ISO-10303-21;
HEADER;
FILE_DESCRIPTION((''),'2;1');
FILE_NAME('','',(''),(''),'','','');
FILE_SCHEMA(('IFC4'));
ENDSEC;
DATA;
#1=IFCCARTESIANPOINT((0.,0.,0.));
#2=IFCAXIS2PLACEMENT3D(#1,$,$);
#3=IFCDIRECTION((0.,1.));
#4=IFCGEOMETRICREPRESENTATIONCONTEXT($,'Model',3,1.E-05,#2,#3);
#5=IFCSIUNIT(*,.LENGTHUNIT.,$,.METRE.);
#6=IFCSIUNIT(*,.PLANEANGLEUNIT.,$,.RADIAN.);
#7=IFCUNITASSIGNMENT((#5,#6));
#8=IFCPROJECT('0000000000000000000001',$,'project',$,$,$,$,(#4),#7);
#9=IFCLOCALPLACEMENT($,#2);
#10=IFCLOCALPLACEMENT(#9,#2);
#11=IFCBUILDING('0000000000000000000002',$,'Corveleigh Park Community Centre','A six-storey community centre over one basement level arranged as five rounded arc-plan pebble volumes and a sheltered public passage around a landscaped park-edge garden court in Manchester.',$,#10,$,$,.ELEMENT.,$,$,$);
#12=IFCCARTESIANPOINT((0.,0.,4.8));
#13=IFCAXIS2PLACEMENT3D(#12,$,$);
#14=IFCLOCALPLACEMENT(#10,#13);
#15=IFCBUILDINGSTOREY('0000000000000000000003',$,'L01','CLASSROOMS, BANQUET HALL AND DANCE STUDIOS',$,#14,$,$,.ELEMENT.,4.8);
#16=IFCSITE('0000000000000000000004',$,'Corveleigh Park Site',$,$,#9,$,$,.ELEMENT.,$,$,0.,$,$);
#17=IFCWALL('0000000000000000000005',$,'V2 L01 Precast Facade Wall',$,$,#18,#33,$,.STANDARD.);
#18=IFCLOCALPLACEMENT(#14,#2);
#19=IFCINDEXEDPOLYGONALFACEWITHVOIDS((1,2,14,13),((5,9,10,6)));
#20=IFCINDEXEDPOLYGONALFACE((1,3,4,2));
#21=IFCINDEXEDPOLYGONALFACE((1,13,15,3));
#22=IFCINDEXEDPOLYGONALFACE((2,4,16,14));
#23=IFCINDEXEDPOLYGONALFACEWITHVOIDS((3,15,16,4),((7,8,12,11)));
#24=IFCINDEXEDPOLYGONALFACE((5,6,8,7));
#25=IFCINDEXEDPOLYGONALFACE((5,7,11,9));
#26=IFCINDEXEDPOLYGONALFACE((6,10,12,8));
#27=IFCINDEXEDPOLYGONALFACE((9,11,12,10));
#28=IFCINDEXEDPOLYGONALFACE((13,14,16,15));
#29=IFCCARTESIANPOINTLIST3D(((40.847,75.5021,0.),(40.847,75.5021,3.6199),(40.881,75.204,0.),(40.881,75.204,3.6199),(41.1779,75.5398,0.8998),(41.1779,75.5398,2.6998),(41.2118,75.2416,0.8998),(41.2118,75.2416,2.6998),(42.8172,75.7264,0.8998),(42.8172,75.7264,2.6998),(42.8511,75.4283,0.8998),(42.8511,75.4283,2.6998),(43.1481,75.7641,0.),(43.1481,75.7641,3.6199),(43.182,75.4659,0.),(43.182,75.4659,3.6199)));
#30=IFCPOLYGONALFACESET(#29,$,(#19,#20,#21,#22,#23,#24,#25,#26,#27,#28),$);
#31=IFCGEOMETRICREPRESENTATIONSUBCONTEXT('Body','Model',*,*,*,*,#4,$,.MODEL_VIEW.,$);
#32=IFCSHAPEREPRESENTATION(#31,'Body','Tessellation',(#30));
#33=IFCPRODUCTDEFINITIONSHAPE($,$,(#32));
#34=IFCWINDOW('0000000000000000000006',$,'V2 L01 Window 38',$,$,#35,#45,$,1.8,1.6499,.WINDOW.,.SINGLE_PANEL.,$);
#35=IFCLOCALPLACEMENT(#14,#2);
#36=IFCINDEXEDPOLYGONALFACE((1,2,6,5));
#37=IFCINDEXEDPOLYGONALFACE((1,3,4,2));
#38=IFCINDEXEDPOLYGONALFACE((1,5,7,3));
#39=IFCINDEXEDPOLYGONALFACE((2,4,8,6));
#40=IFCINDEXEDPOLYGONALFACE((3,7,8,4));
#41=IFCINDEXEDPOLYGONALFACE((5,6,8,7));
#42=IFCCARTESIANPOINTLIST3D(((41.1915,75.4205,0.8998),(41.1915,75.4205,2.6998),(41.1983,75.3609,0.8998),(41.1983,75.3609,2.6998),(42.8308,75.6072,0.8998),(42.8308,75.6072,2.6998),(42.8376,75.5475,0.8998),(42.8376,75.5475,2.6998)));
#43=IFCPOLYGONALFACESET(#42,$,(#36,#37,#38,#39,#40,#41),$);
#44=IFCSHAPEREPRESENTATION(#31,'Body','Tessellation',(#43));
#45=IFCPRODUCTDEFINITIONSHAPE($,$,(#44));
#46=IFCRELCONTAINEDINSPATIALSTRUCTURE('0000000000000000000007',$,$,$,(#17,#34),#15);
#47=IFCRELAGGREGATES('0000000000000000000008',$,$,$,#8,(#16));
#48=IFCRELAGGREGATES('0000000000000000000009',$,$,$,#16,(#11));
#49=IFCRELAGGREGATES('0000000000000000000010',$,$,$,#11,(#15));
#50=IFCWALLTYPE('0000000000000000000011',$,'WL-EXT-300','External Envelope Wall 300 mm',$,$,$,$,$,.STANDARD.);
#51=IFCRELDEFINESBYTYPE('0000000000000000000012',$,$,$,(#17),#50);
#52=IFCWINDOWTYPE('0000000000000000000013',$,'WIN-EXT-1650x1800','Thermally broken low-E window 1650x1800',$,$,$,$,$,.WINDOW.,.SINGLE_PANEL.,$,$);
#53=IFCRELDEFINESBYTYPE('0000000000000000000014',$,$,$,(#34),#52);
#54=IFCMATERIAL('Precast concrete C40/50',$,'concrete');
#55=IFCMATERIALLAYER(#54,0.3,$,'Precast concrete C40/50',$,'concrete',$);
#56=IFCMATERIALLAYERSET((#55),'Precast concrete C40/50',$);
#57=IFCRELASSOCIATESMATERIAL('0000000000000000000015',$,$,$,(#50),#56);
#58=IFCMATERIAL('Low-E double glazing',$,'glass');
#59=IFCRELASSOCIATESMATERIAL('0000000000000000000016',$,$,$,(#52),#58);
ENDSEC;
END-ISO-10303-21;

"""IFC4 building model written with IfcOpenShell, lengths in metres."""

from ifc_helpers import new_model, si_unit, direction, frame, frame_2d, origin, place, context, subcontext, project, spatial, rectangle, extrude, material, layer, layer_set, type_object, element, fill, save


model = new_model("IFC4")

# Units and contexts
model_context = context("Model", 3, precision=1e-05, world=origin(), true_north=direction((0.0, 1.0)))
body_context = subcontext(model_context, "Body", "Model", "MODEL_VIEW")
ifc_project = project(units=[si_unit("LENGTHUNIT", "METRE"), si_unit("PLANEANGLEUNIT", "RADIAN")], contexts=[model_context])

# Site, building, storey
site_placement = place(None, origin())
site = spatial("IfcSite", under=ifc_project, at=site_placement, Name="Corveleigh Park Site", CompositionType="ELEMENT", RefElevation=0.0)
building_placement = place(site_placement, origin())
building = spatial("IfcBuilding", under=site, at=building_placement, Name="Corveleigh Park Community Centre", Description="A six-storey community centre over one basement level arranged as five rounded arc-plan pebble volumes and a sheltered public passage around a landscaped park-edge garden court in Manchester.", CompositionType="ELEMENT")
storey_placement = place(building_placement, frame((0.0, 0.0, 4.8)))
storey = spatial("IfcBuildingStorey", under=building, at=storey_placement, Name="L01", Description="CLASSROOMS, BANQUET HALL AND DANCE STUDIOS", CompositionType="ELEMENT", Elevation=4.8)

# Shared definitions
ifc_material_1 = material(Name="Low-E double glazing", Category="glass")

# Wall, opening, window
ifc_material_2 = material(Name="Precast concrete C40/50", Category="concrete")
ifc_layer_1 = layer(ifc_material_2, 0.3, Name="Precast concrete C40/50", Category="concrete")
ifc_layer_set_1 = layer_set([ifc_layer_1], Name="Precast concrete C40/50")
wall_type = type_object("IfcWallType", Name="WL-EXT-300", Description="External Envelope Wall 300 mm", PredefinedType="STANDARD", material=ifc_layer_set_1)
wall_placement = place(storey_placement, frame((43.165, 75.615, 0.0), z_axis=(0.0, 0.0, 1.0), x_axis=(-0.993582, -0.113115, 0.0)))
wall = element("IfcWall", 1, at=wall_placement, inside=storey, type_object=wall_type, Name="V2 L01 Precast Facade Wall", PredefinedType="STANDARD", context=body_context, shape_type="SweptSolid", body=[
    extrude(rectangle(XDim=2.3159, YDim=0.3, at=frame_2d((1.158, 0.0))), origin(), (0.0, 0.0, 1.0), 3.6199),
])
opening_placement = place(wall_placement, frame((0.333, 0.0, 0.8999)))
opening = element("IfcOpeningElement", 2, at=opening_placement, cuts=wall, PredefinedType="OPENING", context=body_context, shape_type="SweptSolid", body=[
    extrude(rectangle(XDim=1.6499, YDim=1.8, at=frame_2d((0.825, 0.8999))), frame((0.0, 0.1599, 0.0), z_axis=(0.0, -1.0, 0.0), x_axis=(1.0, 0.0, 0.0)), (0.0, 0.0, 1.0), 0.3201),
])
window_type = type_object("IfcWindowType", Name="WIN-EXT-1650x1800", Description="Thermally broken low-E window 1650x1800", PartitioningType="SINGLE_PANEL", PredefinedType="WINDOW", material=ifc_material_1)
window_placement = place(opening_placement, origin())
window = element("IfcWindow", 3, at=window_placement, inside=storey, type_object=window_type, Name="V2 L01 Window 38", OverallHeight=1.8, OverallWidth=1.6499, PartitioningType="SINGLE_PANEL", PredefinedType="WINDOW", context=body_context, shape_type="SweptSolid", body=[
    extrude(rectangle(XDim=1.6499, YDim=1.8, at=frame_2d((0.825, 0.8999))), frame((0.0, 0.03, 0.0), z_axis=(0.0, -1.0, 0.0), x_axis=(1.0, 0.0, 0.0)), (0.0, 0.0, 1.0), 0.0601),
])
fill(opening, window)

save(model, "model.ifc")
